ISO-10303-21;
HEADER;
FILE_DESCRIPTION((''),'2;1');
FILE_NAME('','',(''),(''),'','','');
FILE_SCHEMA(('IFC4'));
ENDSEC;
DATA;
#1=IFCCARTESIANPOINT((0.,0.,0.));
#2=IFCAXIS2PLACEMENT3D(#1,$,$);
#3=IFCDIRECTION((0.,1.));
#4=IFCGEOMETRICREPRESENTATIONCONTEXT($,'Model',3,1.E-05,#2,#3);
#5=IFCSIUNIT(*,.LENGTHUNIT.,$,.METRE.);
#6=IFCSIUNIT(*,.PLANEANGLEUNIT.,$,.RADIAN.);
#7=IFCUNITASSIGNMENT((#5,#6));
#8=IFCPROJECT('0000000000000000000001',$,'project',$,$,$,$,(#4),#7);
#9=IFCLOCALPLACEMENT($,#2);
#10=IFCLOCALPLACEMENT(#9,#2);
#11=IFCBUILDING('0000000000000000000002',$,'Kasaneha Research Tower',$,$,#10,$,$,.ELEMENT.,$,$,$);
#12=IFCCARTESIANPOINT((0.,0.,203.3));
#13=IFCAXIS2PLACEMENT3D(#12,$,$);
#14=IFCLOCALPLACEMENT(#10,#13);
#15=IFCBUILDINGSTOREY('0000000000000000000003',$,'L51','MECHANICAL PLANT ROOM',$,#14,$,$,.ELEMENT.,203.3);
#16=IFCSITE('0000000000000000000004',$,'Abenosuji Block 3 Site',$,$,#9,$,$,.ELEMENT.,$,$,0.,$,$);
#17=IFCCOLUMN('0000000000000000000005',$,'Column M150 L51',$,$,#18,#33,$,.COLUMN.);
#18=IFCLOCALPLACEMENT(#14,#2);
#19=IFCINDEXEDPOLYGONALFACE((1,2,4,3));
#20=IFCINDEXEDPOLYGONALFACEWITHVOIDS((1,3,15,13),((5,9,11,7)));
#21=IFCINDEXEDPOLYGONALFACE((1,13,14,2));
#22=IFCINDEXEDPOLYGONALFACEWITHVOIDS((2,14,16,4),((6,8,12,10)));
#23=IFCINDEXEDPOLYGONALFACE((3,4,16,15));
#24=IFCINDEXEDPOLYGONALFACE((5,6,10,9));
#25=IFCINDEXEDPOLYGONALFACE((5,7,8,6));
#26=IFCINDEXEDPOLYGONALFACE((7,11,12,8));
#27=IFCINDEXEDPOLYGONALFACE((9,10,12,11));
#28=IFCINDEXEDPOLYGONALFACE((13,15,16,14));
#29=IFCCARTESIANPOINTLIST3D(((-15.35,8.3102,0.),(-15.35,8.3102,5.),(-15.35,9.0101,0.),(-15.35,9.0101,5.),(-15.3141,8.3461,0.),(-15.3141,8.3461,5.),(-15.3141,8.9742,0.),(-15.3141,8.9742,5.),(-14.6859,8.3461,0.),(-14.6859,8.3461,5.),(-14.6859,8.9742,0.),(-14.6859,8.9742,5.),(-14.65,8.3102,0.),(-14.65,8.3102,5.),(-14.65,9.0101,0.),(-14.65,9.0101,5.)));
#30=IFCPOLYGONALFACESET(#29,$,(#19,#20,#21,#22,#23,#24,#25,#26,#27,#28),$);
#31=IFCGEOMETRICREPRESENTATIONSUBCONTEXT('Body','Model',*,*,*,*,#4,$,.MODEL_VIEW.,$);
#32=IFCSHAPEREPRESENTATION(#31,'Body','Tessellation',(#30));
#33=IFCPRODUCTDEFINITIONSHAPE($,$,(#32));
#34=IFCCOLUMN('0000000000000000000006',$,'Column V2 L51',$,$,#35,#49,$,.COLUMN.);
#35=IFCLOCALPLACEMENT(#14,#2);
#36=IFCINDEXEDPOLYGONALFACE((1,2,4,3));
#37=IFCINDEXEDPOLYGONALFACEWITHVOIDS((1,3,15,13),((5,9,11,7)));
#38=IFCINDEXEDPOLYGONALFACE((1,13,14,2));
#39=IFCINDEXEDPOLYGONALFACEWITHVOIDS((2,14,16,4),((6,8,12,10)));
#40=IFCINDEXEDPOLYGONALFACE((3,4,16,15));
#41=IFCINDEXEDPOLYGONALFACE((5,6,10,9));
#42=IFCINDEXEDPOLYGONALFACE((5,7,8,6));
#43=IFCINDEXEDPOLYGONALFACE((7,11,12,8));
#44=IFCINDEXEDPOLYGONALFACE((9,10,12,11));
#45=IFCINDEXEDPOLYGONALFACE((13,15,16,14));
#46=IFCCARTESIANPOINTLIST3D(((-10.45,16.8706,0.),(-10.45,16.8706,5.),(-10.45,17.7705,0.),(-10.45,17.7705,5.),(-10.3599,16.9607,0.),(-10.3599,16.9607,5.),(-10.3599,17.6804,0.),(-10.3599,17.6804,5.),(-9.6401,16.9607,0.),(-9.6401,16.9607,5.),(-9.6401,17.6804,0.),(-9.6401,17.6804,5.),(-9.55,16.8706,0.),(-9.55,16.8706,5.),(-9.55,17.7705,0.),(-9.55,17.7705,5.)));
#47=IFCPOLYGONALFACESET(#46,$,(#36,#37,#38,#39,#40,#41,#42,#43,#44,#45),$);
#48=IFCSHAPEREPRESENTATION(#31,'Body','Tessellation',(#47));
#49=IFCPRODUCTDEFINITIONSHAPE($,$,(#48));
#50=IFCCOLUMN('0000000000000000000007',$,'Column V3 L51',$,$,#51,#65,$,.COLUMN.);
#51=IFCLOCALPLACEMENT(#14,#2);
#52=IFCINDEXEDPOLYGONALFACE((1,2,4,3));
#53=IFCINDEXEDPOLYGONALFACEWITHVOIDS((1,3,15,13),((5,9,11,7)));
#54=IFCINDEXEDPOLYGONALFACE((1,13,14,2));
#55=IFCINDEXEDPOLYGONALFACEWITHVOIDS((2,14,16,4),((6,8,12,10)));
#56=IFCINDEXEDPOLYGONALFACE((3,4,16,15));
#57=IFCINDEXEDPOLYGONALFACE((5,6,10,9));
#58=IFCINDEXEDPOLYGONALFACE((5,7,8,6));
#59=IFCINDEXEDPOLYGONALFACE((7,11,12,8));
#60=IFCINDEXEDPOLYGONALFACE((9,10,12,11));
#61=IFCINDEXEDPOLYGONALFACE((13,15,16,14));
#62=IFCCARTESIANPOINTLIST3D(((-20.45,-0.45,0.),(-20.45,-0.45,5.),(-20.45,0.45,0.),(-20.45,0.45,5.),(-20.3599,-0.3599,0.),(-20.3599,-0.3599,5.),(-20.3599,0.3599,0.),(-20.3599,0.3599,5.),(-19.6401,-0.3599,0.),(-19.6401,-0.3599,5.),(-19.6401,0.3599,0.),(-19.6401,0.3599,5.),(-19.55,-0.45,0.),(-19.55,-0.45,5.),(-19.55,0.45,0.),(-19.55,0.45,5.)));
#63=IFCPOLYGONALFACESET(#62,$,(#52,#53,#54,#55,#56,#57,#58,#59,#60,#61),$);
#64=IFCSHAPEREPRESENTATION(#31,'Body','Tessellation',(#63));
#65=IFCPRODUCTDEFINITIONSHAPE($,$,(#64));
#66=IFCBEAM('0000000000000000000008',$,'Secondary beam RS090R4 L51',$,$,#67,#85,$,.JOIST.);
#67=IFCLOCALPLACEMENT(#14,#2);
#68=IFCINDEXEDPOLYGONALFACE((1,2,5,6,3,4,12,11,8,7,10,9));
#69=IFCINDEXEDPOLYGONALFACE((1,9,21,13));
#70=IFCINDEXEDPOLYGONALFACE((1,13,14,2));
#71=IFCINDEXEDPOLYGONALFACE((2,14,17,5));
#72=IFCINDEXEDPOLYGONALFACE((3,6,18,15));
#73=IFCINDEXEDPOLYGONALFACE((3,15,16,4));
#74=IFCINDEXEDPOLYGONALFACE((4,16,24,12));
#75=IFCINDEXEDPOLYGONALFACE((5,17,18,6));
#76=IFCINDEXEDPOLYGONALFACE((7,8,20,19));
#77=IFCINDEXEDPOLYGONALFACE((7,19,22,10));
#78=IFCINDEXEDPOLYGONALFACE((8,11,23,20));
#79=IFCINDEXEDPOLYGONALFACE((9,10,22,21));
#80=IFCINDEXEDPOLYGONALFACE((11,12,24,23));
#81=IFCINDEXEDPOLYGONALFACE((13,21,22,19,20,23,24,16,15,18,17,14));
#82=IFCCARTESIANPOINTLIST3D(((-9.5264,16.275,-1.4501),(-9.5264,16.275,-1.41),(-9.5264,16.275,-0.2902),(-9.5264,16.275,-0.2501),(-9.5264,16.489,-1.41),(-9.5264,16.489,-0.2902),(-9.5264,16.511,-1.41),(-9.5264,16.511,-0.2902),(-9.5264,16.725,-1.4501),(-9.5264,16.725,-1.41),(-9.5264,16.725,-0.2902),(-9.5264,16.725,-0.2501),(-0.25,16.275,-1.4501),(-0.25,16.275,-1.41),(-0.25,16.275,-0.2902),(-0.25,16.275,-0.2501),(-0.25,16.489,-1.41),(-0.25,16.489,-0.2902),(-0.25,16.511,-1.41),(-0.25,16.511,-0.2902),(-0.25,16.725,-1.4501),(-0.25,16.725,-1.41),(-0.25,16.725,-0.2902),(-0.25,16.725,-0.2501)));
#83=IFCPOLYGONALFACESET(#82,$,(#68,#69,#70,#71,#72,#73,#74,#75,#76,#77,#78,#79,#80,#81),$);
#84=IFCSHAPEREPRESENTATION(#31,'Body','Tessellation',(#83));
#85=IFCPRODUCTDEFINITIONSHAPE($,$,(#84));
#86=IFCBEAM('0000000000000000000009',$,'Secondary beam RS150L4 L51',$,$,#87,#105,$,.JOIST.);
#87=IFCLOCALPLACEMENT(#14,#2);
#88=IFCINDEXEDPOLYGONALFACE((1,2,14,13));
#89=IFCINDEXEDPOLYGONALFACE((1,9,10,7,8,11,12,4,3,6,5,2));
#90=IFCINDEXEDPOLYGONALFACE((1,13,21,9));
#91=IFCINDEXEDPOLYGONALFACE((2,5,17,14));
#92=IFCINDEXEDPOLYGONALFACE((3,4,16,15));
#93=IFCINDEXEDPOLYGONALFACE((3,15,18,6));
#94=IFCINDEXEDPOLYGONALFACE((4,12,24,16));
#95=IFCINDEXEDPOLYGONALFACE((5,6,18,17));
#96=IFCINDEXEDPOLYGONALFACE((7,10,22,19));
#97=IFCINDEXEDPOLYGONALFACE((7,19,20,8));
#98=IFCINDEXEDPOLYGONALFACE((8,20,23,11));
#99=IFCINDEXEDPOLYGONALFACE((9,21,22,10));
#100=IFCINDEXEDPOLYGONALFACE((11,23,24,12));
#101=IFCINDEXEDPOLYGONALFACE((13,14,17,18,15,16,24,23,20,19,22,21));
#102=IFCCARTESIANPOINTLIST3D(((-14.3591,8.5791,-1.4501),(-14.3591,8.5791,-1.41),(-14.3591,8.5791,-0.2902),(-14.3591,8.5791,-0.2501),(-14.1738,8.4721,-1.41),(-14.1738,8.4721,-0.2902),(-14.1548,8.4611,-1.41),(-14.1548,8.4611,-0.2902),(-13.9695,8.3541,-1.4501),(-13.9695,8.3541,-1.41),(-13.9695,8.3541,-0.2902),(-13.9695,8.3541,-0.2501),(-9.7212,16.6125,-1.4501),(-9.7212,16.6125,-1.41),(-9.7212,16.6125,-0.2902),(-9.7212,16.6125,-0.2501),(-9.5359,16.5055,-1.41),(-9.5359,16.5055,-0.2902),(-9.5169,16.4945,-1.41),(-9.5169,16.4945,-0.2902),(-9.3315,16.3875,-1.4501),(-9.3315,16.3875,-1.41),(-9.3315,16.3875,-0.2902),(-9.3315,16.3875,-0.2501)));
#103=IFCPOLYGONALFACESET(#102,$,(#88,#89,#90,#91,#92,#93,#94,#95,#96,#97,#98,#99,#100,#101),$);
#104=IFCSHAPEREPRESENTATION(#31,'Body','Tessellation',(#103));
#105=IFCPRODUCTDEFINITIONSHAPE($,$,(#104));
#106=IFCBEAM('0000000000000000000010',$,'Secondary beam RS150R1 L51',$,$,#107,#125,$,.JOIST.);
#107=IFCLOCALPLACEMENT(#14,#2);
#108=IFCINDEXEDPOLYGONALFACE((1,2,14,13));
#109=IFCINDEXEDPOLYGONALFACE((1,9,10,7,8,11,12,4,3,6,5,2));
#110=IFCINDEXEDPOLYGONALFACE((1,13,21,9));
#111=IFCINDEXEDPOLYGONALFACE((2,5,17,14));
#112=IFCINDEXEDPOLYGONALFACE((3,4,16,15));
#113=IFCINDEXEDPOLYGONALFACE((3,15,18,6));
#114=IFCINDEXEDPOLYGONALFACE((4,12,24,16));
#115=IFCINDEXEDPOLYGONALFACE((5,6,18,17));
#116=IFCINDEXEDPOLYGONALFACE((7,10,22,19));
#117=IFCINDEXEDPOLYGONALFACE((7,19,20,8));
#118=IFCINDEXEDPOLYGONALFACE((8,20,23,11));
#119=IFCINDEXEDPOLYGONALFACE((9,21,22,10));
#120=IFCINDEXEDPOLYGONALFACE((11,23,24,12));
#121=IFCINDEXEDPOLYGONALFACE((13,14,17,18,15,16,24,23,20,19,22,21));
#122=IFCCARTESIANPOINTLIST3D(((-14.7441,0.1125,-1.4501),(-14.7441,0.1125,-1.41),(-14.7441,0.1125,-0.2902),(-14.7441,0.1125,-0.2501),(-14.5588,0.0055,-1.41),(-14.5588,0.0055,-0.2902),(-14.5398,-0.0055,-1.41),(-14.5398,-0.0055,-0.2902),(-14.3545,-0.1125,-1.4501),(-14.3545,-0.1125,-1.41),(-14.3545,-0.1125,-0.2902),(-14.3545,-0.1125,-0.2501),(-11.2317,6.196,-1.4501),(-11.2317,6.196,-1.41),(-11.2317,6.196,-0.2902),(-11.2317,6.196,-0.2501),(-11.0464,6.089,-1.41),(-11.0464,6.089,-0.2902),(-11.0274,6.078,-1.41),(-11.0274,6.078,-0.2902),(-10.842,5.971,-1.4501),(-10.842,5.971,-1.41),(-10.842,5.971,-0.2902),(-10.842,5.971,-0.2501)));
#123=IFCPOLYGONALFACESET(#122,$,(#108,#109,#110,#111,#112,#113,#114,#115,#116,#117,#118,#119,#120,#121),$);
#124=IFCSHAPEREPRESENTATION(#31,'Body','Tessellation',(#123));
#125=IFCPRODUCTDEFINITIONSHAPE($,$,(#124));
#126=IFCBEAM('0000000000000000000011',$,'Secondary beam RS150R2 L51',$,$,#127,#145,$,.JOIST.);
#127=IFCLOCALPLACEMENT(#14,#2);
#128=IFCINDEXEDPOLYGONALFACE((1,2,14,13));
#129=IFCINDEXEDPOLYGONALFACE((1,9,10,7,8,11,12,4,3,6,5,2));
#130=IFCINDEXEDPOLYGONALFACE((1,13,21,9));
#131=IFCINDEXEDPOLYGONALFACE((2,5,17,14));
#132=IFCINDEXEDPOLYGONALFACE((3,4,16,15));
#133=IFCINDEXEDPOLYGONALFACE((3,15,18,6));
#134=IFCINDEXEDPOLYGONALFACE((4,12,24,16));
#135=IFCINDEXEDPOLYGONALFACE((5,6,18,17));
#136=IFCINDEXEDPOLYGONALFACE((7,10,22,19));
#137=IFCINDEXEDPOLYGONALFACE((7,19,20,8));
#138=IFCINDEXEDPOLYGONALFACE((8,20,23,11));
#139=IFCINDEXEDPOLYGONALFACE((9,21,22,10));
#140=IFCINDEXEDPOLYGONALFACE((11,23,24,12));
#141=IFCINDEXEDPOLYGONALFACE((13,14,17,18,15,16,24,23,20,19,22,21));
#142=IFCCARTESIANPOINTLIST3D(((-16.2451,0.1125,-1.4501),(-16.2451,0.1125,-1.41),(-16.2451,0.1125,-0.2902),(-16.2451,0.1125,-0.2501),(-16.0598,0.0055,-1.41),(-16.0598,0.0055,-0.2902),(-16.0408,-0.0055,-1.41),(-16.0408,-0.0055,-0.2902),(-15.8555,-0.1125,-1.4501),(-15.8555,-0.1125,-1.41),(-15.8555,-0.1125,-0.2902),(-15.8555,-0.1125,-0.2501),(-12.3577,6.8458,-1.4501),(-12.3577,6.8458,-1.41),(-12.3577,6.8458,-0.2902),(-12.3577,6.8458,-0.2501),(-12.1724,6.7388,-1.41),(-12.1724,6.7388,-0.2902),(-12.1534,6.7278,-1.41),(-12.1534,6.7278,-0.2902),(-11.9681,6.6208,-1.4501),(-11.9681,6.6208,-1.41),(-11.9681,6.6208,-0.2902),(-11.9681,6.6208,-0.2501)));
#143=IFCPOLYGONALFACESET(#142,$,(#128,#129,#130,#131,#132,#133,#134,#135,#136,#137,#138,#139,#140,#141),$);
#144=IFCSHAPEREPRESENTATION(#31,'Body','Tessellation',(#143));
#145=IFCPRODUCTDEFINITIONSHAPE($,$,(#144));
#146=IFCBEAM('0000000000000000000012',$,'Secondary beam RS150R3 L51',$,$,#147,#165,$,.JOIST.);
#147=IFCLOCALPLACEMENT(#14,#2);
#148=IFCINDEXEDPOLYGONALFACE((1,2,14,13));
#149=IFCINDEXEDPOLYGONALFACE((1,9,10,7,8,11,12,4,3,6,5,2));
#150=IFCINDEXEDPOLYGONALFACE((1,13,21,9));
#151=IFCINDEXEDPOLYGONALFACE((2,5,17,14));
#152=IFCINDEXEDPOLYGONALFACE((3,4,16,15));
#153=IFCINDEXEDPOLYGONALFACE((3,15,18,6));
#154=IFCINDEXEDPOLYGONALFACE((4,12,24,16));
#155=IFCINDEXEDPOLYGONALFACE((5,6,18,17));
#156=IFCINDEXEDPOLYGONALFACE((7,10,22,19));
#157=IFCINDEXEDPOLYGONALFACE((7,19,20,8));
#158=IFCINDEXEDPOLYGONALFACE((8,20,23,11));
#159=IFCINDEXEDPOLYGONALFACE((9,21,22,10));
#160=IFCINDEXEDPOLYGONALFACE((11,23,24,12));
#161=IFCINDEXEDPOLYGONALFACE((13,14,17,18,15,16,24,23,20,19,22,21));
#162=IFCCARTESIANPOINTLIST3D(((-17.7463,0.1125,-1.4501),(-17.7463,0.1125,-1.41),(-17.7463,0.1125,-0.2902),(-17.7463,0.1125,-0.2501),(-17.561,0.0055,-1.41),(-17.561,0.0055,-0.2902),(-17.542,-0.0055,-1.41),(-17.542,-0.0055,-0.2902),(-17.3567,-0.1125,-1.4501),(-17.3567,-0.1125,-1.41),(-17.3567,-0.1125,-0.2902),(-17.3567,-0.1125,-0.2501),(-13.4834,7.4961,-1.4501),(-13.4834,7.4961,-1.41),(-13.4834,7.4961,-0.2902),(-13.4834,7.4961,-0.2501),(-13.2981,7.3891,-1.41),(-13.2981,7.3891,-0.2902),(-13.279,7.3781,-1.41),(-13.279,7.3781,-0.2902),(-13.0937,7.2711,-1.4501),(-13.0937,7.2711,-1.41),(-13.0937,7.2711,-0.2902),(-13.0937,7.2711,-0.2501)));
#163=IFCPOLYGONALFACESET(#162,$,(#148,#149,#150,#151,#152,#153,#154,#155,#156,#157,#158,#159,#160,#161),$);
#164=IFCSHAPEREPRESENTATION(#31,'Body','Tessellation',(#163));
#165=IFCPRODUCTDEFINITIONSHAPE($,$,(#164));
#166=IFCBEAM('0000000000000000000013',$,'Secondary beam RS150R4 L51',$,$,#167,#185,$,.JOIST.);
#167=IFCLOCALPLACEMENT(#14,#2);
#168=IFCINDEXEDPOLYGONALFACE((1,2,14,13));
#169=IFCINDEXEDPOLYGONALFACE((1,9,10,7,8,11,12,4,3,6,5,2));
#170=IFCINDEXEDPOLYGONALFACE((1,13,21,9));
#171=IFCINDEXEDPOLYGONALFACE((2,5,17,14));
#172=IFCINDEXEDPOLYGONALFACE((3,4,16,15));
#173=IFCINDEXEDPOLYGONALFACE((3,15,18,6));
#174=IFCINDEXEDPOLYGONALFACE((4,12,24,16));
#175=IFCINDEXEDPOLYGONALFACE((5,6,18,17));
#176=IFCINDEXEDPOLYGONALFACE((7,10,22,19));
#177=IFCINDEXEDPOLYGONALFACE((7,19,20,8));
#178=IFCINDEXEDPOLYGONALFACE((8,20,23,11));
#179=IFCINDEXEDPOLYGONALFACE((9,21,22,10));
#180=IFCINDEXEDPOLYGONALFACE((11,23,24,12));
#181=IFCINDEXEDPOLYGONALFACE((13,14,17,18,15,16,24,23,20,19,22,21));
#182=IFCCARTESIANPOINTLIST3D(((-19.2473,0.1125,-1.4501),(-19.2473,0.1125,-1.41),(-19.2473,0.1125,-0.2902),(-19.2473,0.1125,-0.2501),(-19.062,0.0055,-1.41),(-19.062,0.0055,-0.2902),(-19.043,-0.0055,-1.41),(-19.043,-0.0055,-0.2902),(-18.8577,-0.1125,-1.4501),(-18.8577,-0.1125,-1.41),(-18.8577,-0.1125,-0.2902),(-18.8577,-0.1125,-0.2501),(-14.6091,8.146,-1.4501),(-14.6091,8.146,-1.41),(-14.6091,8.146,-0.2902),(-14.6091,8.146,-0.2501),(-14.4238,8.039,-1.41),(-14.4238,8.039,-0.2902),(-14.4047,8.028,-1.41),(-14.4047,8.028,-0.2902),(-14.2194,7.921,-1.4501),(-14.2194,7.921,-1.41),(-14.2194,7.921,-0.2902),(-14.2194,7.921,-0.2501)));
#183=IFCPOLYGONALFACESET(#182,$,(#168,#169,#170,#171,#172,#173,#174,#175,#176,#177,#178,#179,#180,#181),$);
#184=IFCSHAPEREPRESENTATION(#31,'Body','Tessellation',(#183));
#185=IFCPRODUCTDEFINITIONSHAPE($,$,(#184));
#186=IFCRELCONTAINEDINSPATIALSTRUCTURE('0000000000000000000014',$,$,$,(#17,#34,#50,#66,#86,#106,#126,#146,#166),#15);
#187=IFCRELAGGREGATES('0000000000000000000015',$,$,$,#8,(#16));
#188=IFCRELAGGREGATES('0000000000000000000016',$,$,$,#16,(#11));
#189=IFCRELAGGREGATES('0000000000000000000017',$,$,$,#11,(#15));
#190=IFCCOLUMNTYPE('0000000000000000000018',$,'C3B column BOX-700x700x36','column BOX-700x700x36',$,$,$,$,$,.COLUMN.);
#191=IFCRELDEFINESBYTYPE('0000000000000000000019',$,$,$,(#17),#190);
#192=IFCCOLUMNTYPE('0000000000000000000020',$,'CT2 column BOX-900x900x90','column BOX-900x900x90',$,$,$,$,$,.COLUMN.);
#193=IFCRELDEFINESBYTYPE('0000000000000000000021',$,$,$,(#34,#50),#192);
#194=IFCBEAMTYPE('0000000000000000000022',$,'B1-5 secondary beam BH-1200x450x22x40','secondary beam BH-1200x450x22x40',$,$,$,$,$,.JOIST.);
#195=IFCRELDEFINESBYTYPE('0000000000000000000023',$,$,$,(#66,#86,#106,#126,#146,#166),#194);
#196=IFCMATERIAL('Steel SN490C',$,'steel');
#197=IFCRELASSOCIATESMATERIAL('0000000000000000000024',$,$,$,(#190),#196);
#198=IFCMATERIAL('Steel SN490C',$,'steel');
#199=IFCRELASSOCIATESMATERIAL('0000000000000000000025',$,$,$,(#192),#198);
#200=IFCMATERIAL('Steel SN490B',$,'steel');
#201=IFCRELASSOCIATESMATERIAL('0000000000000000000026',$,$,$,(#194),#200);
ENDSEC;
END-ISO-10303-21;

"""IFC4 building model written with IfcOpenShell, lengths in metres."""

from ifc_helpers import new_model, si_unit, direction, frame, origin, origin_2d, place, context, subcontext, project, spatial, hollow_rectangle, i_section, extrude, material, material_profile, profile_set, type_object, element, save


model = new_model("IFC4")

# Units and contexts
model_context = context("Model", 3, precision=1e-05, world=origin(), true_north=direction((0.0, 1.0)))
body_context = subcontext(model_context, "Body", "Model", "MODEL_VIEW")
ifc_project = project(units=[si_unit("LENGTHUNIT", "METRE"), si_unit("PLANEANGLEUNIT", "RADIAN")], contexts=[model_context])

# Site, building, storey
site_placement = place(None, origin())
site = spatial("IfcSite", under=ifc_project, at=site_placement, Name="Abenosuji Block 3 Site", CompositionType="ELEMENT", RefElevation=0.0)
building_placement = place(site_placement, origin())
building = spatial("IfcBuilding", under=site, at=building_placement, Name="Kasaneha Research Tower", CompositionType="ELEMENT")
storey_placement = place(building_placement, frame((0.0, 0.0, 203.3)))
storey = spatial("IfcBuildingStorey", under=building, at=storey_placement, Name="L51", Description="MECHANICAL PLANT ROOM", CompositionType="ELEMENT", Elevation=203.3)

# Columns
ifc_material_1 = material(Name="Steel SN490C", Category="steel")
ifc_material_profile_1 = material_profile(ifc_material_1, hollow_rectangle(XDim=0.7, YDim=0.7, WallThickness=0.0359, at=origin_2d()), Name="BOX-700x700x36")
ifc_profile_set_1 = profile_set([ifc_material_profile_1], Name="Steel SN490C")
column_type_1 = type_object("IfcColumnType", Name="C3B column BOX-700x700x36", Description="column BOX-700x700x36", PredefinedType="COLUMN", material=ifc_profile_set_1)
column_placement = place(storey_placement, frame((-15.0, 8.6602, 0.0), z_axis=(0.0, 0.0, 1.0), x_axis=(1.0, 0.0, 0.0)))
element("IfcColumn", 1, at=column_placement, inside=storey, type_object=column_type_1, Name="Column M150 L51", PredefinedType="COLUMN", context=body_context, shape_type="SweptSolid", body=[
    extrude(hollow_rectangle(XDim=0.7, YDim=0.7, WallThickness=0.0359, at=origin_2d()), origin(), (0.0, 0.0, 1.0), 5.0),
])
ifc_material_2 = material(Name="Steel SN490C", Category="steel")
ifc_material_profile_2 = material_profile(ifc_material_2, hollow_rectangle(XDim=0.8999, YDim=0.8999, WallThickness=0.0901, at=origin_2d()), Name="BOX-900x900x90")
ifc_profile_set_2 = profile_set([ifc_material_profile_2], Name="Steel SN490C")
column_type_2 = type_object("IfcColumnType", Name="CT2 column BOX-900x900x90", Description="column BOX-900x900x90", PredefinedType="COLUMN", material=ifc_profile_set_2)
for number, where, z_axis, x_axis, name in (
    (2, (-10.0, 17.3206, 0.0), (0.0, 0.0, 1.0), (1.0, 0.0, 0.0), "Column V2 L51"),
    (3, (-20.0, 0.0, 0.0), (0.0, 0.0, 1.0), (1.0, 0.0, 0.0), "Column V3 L51"),
):
    element("IfcColumn", number, at=place(storey_placement, frame(where, z_axis=z_axis, x_axis=x_axis)), inside=storey, type_object=column_type_2, Name=name, PredefinedType="COLUMN", context=body_context, shape_type="SweptSolid", body=[
        extrude(hollow_rectangle(XDim=0.8999, YDim=0.8999, WallThickness=0.0901, at=origin_2d()), origin(), (0.0, 0.0, 1.0), 5.0),
    ])

# Beams
ifc_material_3 = material(Name="Steel SN490B", Category="steel")
ifc_material_profile_3 = material_profile(ifc_material_3, i_section(OverallWidth=0.45, OverallDepth=1.2, WebThickness=0.022, FlangeThickness=0.04, at=origin_2d()), Name="BH-1200x450x22x40")
ifc_profile_set_3 = profile_set([ifc_material_profile_3], Name="Steel SN490B")
beam_type_1 = type_object("IfcBeamType", Name="B1-5 secondary beam BH-1200x450x22x40", Description="secondary beam BH-1200x450x22x40", PredefinedType="JOIST", material=ifc_profile_set_3)
beam_1_placement = place(storey_placement, frame((-9.5264, 16.5, -0.8501), z_axis=(1.0, 0.0, 0.0), x_axis=(0.0, 1.0, 0.0)))
element("IfcBeam", 4, at=beam_1_placement, inside=storey, type_object=beam_type_1, Name="Secondary beam RS090R4 L51", PredefinedType="JOIST", context=body_context, shape_type="SweptSolid", body=[
    extrude(i_section(OverallWidth=0.45, OverallDepth=1.2, WebThickness=0.022, FlangeThickness=0.04, at=origin_2d()), origin(), (0.0, 0.0, 1.0), 9.2764),
])
beam_2_placement = place(storey_placement, frame((-9.5264, 16.5, -0.8501), z_axis=(-0.499986, -0.866034, 0.0), x_axis=(0.866034, -0.499986, 0.0)))
element("IfcBeam", 5, at=beam_2_placement, inside=storey, type_object=beam_type_1, Name="Secondary beam RS150L4 L51", PredefinedType="JOIST", context=body_context, shape_type="SweptSolid", body=[
    extrude(i_section(OverallWidth=0.45, OverallDepth=1.2, WebThickness=0.022, FlangeThickness=0.04, at=origin_2d()), origin(), (0.0, 0.0, 1.0), 9.2761),
])
beam_3_placement = place(storey_placement, frame((-14.5493, 0.0, -0.8501), z_axis=(0.500015, 0.866017, 0.0), x_axis=(-0.866017, 0.500015, 0.0)))
element("IfcBeam", 6, at=beam_3_placement, inside=storey, type_object=beam_type_1, Name="Secondary beam RS150R1 L51", PredefinedType="JOIST", context=body_context, shape_type="SweptSolid", body=[
    extrude(i_section(OverallWidth=0.45, OverallDepth=1.2, WebThickness=0.022, FlangeThickness=0.04, at=origin_2d()), origin(), (0.0, 0.0, 1.0), 7.0247),
])
beam_4_placement = place(storey_placement, frame((-16.0503, 0.0, -0.8501), z_axis=(0.499992, 0.86603, 0.0), x_axis=(-0.86603, 0.499992, 0.0)))
element("IfcBeam", 7, at=beam_4_placement, inside=storey, type_object=beam_type_1, Name="Secondary beam RS150R2 L51", PredefinedType="JOIST", context=body_context, shape_type="SweptSolid", body=[
    extrude(i_section(OverallWidth=0.45, OverallDepth=1.2, WebThickness=0.022, FlangeThickness=0.04, at=origin_2d()), origin(), (0.0, 0.0, 1.0), 7.7749),
])
beam_5_placement = place(storey_placement, frame((-17.5515, 0.0, -0.8501), z_axis=(0.500004, 0.866023, 0.0), x_axis=(-0.866023, 0.500004, 0.0)))
element("IfcBeam", 8, at=beam_5_placement, inside=storey, type_object=beam_type_1, Name="Secondary beam RS150R3 L51", PredefinedType="JOIST", context=body_context, shape_type="SweptSolid", body=[
    extrude(i_section(OverallWidth=0.45, OverallDepth=1.2, WebThickness=0.022, FlangeThickness=0.04, at=origin_2d()), origin(), (0.0, 0.0, 1.0), 8.5259),
])
beam_6_placement = place(storey_placement, frame((-19.0525, 0.0, -0.8501), z_axis=(0.500006, 0.866022, 0.0), x_axis=(-0.866022, 0.500006, 0.0)))
element("IfcBeam", 9, at=beam_6_placement, inside=storey, type_object=beam_type_1, Name="Secondary beam RS150R4 L51", PredefinedType="JOIST", context=body_context, shape_type="SweptSolid", body=[
    extrude(i_section(OverallWidth=0.45, OverallDepth=1.2, WebThickness=0.022, FlangeThickness=0.04, at=origin_2d()), origin(), (0.0, 0.0, 1.0), 9.2764),
])

save(model, "model.ifc")
